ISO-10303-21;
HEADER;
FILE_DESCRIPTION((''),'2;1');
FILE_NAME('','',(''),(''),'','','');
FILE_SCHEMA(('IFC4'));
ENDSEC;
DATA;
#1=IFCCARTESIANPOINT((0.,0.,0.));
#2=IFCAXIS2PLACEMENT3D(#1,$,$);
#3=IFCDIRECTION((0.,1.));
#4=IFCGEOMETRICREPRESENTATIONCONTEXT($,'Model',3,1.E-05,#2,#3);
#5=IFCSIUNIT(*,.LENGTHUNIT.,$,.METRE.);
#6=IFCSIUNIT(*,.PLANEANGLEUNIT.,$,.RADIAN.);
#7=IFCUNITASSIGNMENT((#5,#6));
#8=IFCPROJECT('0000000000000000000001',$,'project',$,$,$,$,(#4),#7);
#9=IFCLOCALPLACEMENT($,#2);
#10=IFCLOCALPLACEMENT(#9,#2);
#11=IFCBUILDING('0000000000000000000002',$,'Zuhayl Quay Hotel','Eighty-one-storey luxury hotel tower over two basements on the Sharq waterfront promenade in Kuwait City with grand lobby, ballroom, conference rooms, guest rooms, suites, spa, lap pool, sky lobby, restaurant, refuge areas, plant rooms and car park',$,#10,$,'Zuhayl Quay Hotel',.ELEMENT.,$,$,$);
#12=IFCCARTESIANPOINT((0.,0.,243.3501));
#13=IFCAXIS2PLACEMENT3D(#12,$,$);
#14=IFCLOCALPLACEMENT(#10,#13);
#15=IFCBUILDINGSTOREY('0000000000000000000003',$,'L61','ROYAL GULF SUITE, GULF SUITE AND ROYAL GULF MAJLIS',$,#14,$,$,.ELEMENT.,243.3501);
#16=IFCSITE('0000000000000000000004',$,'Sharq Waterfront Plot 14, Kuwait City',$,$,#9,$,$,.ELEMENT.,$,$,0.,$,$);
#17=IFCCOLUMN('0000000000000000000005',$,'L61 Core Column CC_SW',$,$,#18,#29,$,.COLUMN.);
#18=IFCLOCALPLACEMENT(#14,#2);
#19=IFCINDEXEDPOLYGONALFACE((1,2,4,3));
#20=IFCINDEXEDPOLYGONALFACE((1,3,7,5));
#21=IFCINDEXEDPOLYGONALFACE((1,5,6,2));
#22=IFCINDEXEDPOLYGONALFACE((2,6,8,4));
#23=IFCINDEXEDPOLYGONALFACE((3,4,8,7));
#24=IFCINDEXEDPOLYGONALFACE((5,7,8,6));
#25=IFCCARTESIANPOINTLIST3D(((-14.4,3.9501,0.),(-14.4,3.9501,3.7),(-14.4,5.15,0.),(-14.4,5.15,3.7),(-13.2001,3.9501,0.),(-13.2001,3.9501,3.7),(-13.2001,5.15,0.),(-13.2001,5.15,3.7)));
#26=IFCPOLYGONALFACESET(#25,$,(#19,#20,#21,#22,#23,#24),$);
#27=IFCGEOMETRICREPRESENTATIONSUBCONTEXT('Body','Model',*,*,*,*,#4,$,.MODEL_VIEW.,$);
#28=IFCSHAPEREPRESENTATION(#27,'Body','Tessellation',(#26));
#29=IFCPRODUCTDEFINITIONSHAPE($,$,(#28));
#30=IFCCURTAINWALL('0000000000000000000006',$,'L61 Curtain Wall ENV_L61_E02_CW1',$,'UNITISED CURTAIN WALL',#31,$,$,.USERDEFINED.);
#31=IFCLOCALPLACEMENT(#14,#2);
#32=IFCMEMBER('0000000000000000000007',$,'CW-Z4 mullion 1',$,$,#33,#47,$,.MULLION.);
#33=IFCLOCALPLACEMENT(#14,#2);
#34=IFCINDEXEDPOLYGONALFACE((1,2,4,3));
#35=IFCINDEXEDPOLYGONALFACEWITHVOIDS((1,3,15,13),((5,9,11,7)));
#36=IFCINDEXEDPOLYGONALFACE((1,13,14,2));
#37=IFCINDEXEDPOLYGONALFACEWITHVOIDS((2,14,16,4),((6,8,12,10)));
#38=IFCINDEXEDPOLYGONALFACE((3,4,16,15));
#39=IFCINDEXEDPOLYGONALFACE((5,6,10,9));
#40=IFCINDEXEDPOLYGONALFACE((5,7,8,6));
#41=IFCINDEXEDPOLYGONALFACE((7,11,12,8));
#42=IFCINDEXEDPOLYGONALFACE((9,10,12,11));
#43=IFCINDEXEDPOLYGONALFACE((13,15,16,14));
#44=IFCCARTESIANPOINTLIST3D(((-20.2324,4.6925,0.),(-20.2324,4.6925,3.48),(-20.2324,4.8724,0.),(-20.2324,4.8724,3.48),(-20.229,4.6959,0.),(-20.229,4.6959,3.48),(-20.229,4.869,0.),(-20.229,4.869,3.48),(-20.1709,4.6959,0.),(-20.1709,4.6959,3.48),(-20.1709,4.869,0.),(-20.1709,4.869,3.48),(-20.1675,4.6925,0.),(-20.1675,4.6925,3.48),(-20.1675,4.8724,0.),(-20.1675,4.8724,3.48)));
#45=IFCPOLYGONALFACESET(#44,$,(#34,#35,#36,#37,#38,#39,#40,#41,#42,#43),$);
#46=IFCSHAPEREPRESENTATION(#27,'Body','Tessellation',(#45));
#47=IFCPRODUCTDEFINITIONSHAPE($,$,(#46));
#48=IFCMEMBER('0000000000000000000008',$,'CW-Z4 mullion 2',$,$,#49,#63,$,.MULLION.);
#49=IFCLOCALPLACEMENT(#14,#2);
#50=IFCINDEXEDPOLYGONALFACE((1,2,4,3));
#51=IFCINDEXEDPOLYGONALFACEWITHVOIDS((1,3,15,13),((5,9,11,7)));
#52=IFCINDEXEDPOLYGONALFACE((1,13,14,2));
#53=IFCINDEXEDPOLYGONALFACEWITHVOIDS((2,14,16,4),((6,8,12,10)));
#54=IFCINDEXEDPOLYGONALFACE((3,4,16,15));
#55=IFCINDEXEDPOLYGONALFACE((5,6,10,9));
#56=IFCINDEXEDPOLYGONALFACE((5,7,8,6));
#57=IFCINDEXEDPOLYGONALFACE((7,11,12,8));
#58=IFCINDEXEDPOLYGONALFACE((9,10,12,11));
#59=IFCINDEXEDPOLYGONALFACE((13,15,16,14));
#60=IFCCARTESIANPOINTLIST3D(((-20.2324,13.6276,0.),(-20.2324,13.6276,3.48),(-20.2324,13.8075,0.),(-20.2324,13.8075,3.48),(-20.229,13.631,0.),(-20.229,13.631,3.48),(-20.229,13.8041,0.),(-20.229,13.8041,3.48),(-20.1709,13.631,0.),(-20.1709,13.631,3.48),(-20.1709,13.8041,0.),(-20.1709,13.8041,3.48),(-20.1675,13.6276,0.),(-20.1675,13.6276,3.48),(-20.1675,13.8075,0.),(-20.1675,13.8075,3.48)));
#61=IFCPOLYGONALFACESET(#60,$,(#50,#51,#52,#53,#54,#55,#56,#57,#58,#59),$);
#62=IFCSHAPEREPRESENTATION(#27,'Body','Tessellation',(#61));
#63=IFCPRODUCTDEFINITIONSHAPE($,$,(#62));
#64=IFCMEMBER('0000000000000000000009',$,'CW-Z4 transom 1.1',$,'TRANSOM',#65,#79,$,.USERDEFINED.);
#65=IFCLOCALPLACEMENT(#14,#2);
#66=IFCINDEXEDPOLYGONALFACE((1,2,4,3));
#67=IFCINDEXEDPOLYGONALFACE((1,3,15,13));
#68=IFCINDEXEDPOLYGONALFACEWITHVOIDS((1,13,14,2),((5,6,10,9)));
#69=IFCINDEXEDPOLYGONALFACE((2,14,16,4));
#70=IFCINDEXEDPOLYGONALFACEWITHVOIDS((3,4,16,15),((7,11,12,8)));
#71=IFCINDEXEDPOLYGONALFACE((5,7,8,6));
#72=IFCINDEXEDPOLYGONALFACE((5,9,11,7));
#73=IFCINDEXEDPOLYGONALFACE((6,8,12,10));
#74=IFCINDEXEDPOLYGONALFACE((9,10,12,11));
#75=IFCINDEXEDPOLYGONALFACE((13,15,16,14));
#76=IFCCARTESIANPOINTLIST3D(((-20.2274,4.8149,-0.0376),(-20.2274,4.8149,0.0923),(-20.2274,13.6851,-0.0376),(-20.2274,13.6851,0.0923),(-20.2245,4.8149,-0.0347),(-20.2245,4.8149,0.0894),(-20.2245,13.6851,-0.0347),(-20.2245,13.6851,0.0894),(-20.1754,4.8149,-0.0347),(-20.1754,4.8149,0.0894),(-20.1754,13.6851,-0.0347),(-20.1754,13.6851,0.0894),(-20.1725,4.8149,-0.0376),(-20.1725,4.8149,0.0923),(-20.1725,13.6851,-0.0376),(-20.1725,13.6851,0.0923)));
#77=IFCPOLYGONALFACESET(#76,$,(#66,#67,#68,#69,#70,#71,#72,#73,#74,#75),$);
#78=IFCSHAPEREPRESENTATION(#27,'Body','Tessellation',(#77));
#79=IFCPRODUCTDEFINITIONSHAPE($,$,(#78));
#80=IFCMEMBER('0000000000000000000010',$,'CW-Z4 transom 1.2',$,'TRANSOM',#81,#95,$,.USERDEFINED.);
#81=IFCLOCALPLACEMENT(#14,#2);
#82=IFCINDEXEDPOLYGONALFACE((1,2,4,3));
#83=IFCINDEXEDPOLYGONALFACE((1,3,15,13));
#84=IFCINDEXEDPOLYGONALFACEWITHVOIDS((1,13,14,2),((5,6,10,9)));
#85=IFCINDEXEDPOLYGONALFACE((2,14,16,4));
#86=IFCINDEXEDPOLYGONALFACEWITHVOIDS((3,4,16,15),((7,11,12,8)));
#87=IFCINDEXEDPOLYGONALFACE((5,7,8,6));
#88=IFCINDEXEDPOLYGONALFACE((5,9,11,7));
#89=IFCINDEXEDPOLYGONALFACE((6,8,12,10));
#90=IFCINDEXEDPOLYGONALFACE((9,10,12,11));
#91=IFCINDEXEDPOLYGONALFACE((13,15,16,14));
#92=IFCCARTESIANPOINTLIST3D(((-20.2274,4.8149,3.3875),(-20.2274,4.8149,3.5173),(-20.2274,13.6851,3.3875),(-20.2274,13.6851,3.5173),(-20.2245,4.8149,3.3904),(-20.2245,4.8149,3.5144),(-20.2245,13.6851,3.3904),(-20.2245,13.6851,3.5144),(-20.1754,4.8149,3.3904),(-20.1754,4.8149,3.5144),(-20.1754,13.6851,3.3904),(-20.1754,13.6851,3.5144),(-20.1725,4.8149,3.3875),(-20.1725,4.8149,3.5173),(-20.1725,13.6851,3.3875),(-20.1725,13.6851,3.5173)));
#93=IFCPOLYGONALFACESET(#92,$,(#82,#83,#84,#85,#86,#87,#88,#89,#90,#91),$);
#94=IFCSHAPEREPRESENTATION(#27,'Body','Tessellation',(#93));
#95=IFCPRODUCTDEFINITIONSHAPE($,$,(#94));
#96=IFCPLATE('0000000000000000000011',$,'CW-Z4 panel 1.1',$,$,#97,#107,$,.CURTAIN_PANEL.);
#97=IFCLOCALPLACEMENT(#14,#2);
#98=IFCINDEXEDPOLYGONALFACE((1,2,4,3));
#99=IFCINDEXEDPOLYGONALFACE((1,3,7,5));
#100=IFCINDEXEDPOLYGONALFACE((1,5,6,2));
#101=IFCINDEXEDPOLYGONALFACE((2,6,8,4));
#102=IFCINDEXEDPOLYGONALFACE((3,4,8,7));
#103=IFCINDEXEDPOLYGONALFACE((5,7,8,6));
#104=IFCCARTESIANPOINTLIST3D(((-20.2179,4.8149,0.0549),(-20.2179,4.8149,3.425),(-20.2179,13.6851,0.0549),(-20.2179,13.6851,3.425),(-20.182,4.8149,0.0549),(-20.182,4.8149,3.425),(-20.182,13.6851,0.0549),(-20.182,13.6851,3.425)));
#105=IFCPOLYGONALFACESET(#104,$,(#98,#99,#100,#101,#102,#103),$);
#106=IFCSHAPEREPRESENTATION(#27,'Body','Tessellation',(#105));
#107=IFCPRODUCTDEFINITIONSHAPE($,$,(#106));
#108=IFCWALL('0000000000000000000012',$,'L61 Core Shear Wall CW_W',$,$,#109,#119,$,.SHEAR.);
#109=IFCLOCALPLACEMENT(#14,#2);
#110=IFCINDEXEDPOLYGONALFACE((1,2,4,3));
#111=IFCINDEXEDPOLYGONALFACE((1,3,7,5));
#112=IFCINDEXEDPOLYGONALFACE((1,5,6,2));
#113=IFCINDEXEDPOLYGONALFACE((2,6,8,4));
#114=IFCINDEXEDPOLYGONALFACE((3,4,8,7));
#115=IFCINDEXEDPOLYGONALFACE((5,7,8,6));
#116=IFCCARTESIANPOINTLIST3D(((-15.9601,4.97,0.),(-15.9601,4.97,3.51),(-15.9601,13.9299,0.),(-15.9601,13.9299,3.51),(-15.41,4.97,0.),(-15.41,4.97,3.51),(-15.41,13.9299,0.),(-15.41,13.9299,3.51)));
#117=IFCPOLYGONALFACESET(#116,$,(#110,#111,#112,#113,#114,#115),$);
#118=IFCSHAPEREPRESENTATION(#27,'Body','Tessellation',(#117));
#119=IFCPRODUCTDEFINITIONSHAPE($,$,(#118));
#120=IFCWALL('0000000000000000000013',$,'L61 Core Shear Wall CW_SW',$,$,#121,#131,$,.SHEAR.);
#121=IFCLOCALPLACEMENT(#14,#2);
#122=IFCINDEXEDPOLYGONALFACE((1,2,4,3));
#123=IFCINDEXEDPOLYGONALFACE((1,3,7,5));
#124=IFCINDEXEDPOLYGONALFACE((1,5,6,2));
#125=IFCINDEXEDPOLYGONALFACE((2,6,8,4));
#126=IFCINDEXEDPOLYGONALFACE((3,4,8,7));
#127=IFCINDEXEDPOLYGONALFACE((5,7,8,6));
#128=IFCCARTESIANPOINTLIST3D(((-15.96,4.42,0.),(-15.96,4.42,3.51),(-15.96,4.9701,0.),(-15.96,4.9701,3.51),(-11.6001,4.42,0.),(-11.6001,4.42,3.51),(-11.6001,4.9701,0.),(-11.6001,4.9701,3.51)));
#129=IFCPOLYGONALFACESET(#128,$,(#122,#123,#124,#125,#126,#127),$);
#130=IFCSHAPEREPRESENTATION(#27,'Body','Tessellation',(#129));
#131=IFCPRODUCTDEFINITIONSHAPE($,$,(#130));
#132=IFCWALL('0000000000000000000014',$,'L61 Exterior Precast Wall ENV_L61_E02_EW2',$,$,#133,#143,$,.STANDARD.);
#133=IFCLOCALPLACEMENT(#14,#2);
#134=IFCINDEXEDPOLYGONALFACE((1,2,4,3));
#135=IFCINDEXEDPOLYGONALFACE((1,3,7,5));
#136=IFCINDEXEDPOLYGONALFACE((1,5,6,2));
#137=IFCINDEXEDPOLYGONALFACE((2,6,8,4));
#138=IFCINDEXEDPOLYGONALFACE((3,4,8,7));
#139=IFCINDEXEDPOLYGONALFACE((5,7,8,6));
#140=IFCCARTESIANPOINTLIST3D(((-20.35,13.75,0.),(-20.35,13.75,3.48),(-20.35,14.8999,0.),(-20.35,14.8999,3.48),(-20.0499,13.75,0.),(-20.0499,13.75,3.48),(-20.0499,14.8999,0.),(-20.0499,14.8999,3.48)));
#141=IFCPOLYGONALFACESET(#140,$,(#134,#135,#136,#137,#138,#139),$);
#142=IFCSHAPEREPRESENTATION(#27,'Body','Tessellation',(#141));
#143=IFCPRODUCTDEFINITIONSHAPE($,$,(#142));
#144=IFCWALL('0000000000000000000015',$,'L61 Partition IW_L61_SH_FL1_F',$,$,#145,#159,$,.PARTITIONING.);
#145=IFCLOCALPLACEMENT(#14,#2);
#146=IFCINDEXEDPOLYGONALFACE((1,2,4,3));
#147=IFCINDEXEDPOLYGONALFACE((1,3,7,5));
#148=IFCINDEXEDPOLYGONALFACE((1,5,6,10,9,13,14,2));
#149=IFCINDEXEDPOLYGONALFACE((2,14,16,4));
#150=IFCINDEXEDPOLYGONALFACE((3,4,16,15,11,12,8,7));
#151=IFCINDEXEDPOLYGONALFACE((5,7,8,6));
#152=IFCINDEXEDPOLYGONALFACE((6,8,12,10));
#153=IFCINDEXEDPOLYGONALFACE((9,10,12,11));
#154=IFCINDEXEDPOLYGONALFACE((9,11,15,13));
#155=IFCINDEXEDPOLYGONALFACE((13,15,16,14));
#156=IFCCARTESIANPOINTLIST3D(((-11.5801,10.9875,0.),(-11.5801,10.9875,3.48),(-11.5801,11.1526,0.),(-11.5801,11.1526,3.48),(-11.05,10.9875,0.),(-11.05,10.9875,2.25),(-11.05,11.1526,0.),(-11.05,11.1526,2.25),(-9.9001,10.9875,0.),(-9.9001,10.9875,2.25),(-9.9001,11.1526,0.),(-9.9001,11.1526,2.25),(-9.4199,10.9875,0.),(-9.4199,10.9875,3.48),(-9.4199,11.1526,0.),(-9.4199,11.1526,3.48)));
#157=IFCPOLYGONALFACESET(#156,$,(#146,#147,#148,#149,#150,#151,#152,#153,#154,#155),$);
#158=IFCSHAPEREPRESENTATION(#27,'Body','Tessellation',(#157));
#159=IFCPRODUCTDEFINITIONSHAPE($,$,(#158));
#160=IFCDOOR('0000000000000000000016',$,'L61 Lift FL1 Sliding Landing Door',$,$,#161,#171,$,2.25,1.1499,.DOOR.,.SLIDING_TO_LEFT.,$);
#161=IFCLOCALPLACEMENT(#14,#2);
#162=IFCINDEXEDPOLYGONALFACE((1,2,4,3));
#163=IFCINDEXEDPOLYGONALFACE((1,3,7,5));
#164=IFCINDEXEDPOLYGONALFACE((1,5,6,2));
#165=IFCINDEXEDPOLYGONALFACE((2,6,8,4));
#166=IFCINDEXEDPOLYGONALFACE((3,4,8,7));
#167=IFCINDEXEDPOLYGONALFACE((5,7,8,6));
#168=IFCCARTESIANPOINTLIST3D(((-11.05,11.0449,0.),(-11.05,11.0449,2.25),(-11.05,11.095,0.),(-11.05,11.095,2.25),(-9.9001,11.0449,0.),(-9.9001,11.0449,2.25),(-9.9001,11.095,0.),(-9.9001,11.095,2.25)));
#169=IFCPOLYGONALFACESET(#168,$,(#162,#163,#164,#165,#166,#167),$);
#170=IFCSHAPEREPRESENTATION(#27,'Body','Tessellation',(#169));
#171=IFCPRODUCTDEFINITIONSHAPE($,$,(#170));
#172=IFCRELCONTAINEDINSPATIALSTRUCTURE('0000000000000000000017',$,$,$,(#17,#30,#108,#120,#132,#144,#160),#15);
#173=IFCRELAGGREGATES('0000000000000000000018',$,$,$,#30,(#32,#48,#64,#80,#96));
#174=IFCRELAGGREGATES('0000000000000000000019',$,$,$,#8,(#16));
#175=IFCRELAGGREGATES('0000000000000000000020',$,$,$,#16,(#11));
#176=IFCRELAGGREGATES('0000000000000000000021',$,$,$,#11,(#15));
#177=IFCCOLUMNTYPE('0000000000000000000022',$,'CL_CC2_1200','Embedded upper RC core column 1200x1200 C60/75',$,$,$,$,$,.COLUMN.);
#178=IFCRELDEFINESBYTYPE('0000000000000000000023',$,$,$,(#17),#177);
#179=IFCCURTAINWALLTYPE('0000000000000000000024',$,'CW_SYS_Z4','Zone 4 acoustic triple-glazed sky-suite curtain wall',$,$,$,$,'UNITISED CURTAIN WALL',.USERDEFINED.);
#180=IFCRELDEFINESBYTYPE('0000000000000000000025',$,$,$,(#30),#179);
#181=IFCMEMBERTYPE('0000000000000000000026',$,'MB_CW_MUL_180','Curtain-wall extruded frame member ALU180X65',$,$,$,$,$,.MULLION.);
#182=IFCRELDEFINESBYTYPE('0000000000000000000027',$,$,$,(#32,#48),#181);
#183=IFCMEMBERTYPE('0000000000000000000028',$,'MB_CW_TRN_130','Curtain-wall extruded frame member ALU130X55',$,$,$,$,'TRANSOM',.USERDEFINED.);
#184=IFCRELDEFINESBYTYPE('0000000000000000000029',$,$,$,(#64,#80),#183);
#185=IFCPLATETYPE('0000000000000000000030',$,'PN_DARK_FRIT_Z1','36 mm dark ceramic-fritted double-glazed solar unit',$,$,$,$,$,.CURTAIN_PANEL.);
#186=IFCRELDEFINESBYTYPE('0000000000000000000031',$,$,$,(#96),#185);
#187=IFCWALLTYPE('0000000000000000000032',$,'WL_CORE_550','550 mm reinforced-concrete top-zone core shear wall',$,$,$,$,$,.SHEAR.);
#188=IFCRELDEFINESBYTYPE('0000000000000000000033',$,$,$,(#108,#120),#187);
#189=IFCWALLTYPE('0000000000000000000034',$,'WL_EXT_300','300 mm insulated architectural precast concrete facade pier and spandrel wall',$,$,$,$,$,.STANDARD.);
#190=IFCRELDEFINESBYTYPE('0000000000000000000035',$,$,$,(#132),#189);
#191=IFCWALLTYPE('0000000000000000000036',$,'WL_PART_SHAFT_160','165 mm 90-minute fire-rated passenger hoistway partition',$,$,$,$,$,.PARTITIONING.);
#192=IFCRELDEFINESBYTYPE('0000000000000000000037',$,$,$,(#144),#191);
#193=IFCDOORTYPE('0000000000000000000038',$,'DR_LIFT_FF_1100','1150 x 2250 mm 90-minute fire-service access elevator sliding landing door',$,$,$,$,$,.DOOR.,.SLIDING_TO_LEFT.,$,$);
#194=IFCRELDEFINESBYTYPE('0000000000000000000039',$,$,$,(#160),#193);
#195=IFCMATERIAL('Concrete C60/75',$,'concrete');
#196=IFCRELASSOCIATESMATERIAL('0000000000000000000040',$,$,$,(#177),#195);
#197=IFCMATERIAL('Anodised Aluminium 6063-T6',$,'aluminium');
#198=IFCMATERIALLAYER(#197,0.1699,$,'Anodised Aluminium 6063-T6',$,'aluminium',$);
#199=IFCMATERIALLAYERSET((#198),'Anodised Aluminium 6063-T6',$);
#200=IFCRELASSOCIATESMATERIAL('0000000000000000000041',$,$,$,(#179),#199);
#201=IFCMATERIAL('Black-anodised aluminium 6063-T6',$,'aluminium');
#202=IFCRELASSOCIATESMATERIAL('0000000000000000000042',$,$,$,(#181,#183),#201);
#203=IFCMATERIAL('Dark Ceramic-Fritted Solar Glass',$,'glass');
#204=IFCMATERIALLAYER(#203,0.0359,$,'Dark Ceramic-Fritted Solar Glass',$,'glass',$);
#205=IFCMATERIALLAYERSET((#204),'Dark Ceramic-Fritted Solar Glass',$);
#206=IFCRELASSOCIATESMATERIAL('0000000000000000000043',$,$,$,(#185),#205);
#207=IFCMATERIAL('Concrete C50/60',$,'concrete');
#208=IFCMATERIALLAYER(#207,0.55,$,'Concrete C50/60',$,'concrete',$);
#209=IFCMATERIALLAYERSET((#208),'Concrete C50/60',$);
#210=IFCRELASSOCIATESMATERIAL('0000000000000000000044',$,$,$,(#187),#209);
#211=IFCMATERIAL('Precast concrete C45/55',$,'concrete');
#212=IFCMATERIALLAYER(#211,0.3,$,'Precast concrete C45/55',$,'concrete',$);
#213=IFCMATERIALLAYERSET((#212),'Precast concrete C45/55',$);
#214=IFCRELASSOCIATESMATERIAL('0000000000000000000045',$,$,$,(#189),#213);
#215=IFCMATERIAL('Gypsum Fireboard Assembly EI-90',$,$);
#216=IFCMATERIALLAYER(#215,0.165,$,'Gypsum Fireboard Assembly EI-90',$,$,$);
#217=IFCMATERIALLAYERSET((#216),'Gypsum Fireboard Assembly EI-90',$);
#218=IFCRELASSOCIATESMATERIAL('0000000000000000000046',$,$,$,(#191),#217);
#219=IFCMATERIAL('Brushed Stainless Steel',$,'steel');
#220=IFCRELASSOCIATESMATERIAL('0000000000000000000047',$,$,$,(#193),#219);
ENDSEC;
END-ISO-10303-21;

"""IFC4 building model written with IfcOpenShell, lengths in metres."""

from ifc_helpers import new_model, si_unit, direction, frame, frame_2d, origin, origin_2d, place, context, subcontext, project, spatial, rectangle, hollow_rectangle, extrude, material, layer, layer_set, material_profile, profile_set, type_object, element, fill, aggregate, save


model = new_model("IFC4")

# Units and contexts
model_context = context("Model", 3, precision=1e-05, world=origin(), true_north=direction((0.0, 1.0)))
body_context = subcontext(model_context, "Body", "Model", "MODEL_VIEW")
ifc_project = project(units=[si_unit("LENGTHUNIT", "METRE"), si_unit("PLANEANGLEUNIT", "RADIAN")], contexts=[model_context])

# Site, building, storey
site_placement = place(None, origin())
site = spatial("IfcSite", under=ifc_project, at=site_placement, Name="Sharq Waterfront Plot 14, Kuwait City", CompositionType="ELEMENT", RefElevation=0.0)
building_placement = place(site_placement, origin())
building = spatial("IfcBuilding", under=site, at=building_placement, Name="Zuhayl Quay Hotel", Description="Eighty-one-storey luxury hotel tower over two basements on the Sharq waterfront promenade in Kuwait City with grand lobby, ballroom, conference rooms, guest rooms, suites, spa, lap pool, sky lobby, restaurant, refuge areas, plant rooms and car park", LongName="Zuhayl Quay Hotel", CompositionType="ELEMENT")
storey_placement = place(building_placement, frame((0.0, 0.0, 243.3501)))
storey = spatial("IfcBuildingStorey", under=building, at=storey_placement, Name="L61", Description="ROYAL GULF SUITE, GULF SUITE AND ROYAL GULF MAJLIS", CompositionType="ELEMENT", Elevation=243.3501)

# Column
ifc_material_1 = material(Name="Concrete C60/75", Category="concrete")
ifc_material_profile_1 = material_profile(ifc_material_1, rectangle(XDim=1.2, YDim=1.2, at=origin_2d()), Name="RC1200X1200")
ifc_profile_set_1 = profile_set([ifc_material_profile_1], Name="Concrete C60/75")
column_type = type_object("IfcColumnType", Name="CL_CC2_1200", Description="Embedded upper RC core column 1200x1200 C60/75", PredefinedType="COLUMN", material=ifc_profile_set_1)
column_placement = place(storey_placement, frame((-13.8, 4.55, 0.0), z_axis=(0.0, 0.0, 1.0), x_axis=(1.0, 0.0, 0.0)))
element("IfcColumn", 1, at=column_placement, inside=storey, type_object=column_type, Name="L61 Core Column CC_SW", PredefinedType="COLUMN", context=body_context, shape_type="SweptSolid", body=[
    extrude(rectangle(XDim=1.2, YDim=1.2, at=origin_2d()), origin(), (0.0, 0.0, 1.0), 3.7),
])

# Curtain wall, members, plate
ifc_material_2 = material(Name="Anodised Aluminium 6063-T6", Category="aluminium")
ifc_layer_1 = layer(ifc_material_2, 0.1699, Name="Anodised Aluminium 6063-T6", Category="aluminium")
ifc_layer_set_1 = layer_set([ifc_layer_1], Name="Anodised Aluminium 6063-T6")
curtain_wall_type = type_object("IfcCurtainWallType", Name="CW_SYS_Z4", Description="Zone 4 acoustic triple-glazed sky-suite curtain wall", ElementType="UNITISED CURTAIN WALL", PredefinedType="USERDEFINED", material=ifc_layer_set_1)
curtain_wall_placement = place(storey_placement, origin())
curtain_wall = element("IfcCurtainWall", 2, at=curtain_wall_placement, inside=storey, type_object=curtain_wall_type, Name="L61 Curtain Wall ENV_L61_E02_CW1", ObjectType="UNITISED CURTAIN WALL", PredefinedType="USERDEFINED")
ifc_material_3 = material(Name="Black-anodised aluminium 6063-T6", Category="aluminium")
ifc_material_profile_2 = material_profile(ifc_material_3, hollow_rectangle(XDim=0.0649, YDim=0.1799, WallThickness=0.0034, at=origin_2d()), Name="ALU180X65")
ifc_profile_set_2 = profile_set([ifc_material_profile_2], Name="Black-anodised aluminium 6063-T6")
member_type_1 = type_object("IfcMemberType", Name="MB_CW_MUL_180", Description="Curtain-wall extruded frame member ALU180X65", PredefinedType="MULLION", material=ifc_profile_set_2)
member_1_placement = place(storey_placement, frame((-20.2, 4.7825, 0.0), z_axis=(0.0, 0.0, 1.0), x_axis=(-1.0, 0.0, 0.0)))
member_1 = element("IfcMember", 3, at=member_1_placement, type_object=member_type_1, Name="CW-Z4 mullion 1", PredefinedType="MULLION", context=body_context, shape_type="SweptSolid", body=[
    extrude(hollow_rectangle(XDim=0.0649, YDim=0.1799, WallThickness=0.0034, at=origin_2d()), origin(), (0.0, 0.0, 1.0), 3.48),
])
member_2_placement = place(storey_placement, frame((-20.2, 13.7175, 0.0), z_axis=(0.0, 0.0, 1.0), x_axis=(-1.0, 0.0, 0.0)))
member_2 = element("IfcMember", 4, at=member_2_placement, type_object=member_type_1, Name="CW-Z4 mullion 2", PredefinedType="MULLION", context=body_context, shape_type="SweptSolid", body=[
    extrude(hollow_rectangle(XDim=0.0649, YDim=0.1799, WallThickness=0.0034, at=origin_2d()), origin(), (0.0, 0.0, 1.0), 3.48),
])
ifc_material_profile_3 = material_profile(ifc_material_3, hollow_rectangle(XDim=0.0549, YDim=0.1299, WallThickness=0.0029, at=origin_2d()), Name="ALU130X55")
ifc_profile_set_3 = profile_set([ifc_material_profile_3], Name="Black-anodised aluminium 6063-T6")
member_type_2 = type_object("IfcMemberType", Name="MB_CW_TRN_130", Description="Curtain-wall extruded frame member ALU130X55", ElementType="TRANSOM", PredefinedType="USERDEFINED", material=ifc_profile_set_3)
member_3_placement = place(storey_placement, frame((-20.2, 4.8149, 0.0273), z_axis=(0.0, 1.0, 0.0), x_axis=(-1.0, 0.0, 0.0)))
member_3 = element("IfcMember", 5, at=member_3_placement, type_object=member_type_2, Name="CW-Z4 transom 1.1", ObjectType="TRANSOM", PredefinedType="USERDEFINED", context=body_context, shape_type="SweptSolid", body=[
    extrude(hollow_rectangle(XDim=0.0549, YDim=0.1299, WallThickness=0.0029, at=origin_2d()), origin(), (0.0, 0.0, 1.0), 8.8701),
])
member_4_placement = place(storey_placement, frame((-20.2, 4.8149, 3.4524), z_axis=(0.0, 1.0, 0.0), x_axis=(-1.0, 0.0, 0.0)))
member_4 = element("IfcMember", 6, at=member_4_placement, type_object=member_type_2, Name="CW-Z4 transom 1.2", ObjectType="TRANSOM", PredefinedType="USERDEFINED", context=body_context, shape_type="SweptSolid", body=[
    extrude(hollow_rectangle(XDim=0.0549, YDim=0.1299, WallThickness=0.0029, at=origin_2d()), origin(), (0.0, 0.0, 1.0), 8.8701),
])
ifc_material_4 = material(Name="Dark Ceramic-Fritted Solar Glass", Category="glass")
ifc_layer_2 = layer(ifc_material_4, 0.0359, Name="Dark Ceramic-Fritted Solar Glass", Category="glass")
ifc_layer_set_2 = layer_set([ifc_layer_2], Name="Dark Ceramic-Fritted Solar Glass")
plate_type = type_object("IfcPlateType", Name="PN_DARK_FRIT_Z1", Description="36 mm dark ceramic-fritted double-glazed solar unit", PredefinedType="CURTAIN_PANEL", material=ifc_layer_set_2)
plate_placement = place(storey_placement, frame((-20.2, 9.25, 0.0549), z_axis=(0.0, 0.0, 1.0), x_axis=(0.0, 1.0, 0.0)))
plate = element("IfcPlate", 7, at=plate_placement, type_object=plate_type, Name="CW-Z4 panel 1.1", PredefinedType="CURTAIN_PANEL", context=body_context, shape_type="SweptSolid", body=[
    extrude(rectangle(XDim=8.8701, YDim=0.0359, at=origin_2d()), origin(), (0.0, 0.0, 1.0), 3.3701),
])
aggregate(curtain_wall, [member_1, member_2, member_3, member_4, plate])

# Walls
ifc_material_5 = material(Name="Concrete C50/60", Category="concrete")
ifc_layer_3 = layer(ifc_material_5, 0.55, Name="Concrete C50/60", Category="concrete")
ifc_layer_set_3 = layer_set([ifc_layer_3], Name="Concrete C50/60")
wall_type_1 = type_object("IfcWallType", Name="WL_CORE_550", Description="550 mm reinforced-concrete top-zone core shear wall", PredefinedType="SHEAR", material=ifc_layer_set_3)
wall_1_placement = place(storey_placement, frame((-15.6851, 4.97, 0.0), z_axis=(0.0, 0.0, 1.0), x_axis=(0.0, 1.0, 0.0)))
element("IfcWall", 8, at=wall_1_placement, inside=storey, type_object=wall_type_1, Name="L61 Core Shear Wall CW_W", PredefinedType="SHEAR", context=body_context, shape_type="SweptSolid", body=[
    extrude(rectangle(XDim=8.96, YDim=0.55, at=frame_2d((4.48, 0.0))), origin(), (0.0, 0.0, 1.0), 3.51),
])
wall_2_placement = place(storey_placement, frame((-15.96, 4.6951, 0.0), z_axis=(0.0, 0.0, 1.0), x_axis=(1.0, 0.0, 0.0)))
element("IfcWall", 9, at=wall_2_placement, inside=storey, type_object=wall_type_1, Name="L61 Core Shear Wall CW_SW", PredefinedType="SHEAR", context=body_context, shape_type="SweptSolid", body=[
    extrude(rectangle(XDim=4.3599, YDim=0.55, at=frame_2d((2.1799, 0.0))), origin(), (0.0, 0.0, 1.0), 3.51),
])
ifc_material_6 = material(Name="Precast concrete C45/55", Category="concrete")
ifc_layer_4 = layer(ifc_material_6, 0.3, Name="Precast concrete C45/55", Category="concrete")
ifc_layer_set_4 = layer_set([ifc_layer_4], Name="Precast concrete C45/55")
wall_type_2 = type_object("IfcWallType", Name="WL_EXT_300", Description="300 mm insulated architectural precast concrete facade pier and spandrel wall", PredefinedType="STANDARD", material=ifc_layer_set_4)
wall_3_placement = place(storey_placement, frame((-20.2, 13.75, 0.0), z_axis=(0.0, 0.0, 1.0), x_axis=(0.0, 1.0, 0.0)))
element("IfcWall", 10, at=wall_3_placement, inside=storey, type_object=wall_type_2, Name="L61 Exterior Precast Wall ENV_L61_E02_EW2", PredefinedType="STANDARD", context=body_context, shape_type="SweptSolid", body=[
    extrude(rectangle(XDim=1.1499, YDim=0.3, at=frame_2d((0.575, 0.0))), origin(), (0.0, 0.0, 1.0), 3.48),
])

# Wall, opening, door
ifc_material_7 = material(Name="Gypsum Fireboard Assembly EI-90")
ifc_layer_5 = layer(ifc_material_7, 0.165, Name="Gypsum Fireboard Assembly EI-90")
ifc_layer_set_5 = layer_set([ifc_layer_5], Name="Gypsum Fireboard Assembly EI-90")
wall_type_3 = type_object("IfcWallType", Name="WL_PART_SHAFT_160", Description="165 mm 90-minute fire-rated passenger hoistway partition", PredefinedType="PARTITIONING", material=ifc_layer_set_5)
wall_4_placement = place(storey_placement, frame((-11.5801, 11.0701, 0.0), z_axis=(0.0, 0.0, 1.0), x_axis=(1.0, 0.0, 0.0)))
wall_4 = element("IfcWall", 11, at=wall_4_placement, inside=storey, type_object=wall_type_3, Name="L61 Partition IW_L61_SH_FL1_F", PredefinedType="PARTITIONING", context=body_context, shape_type="SweptSolid", body=[
    extrude(rectangle(XDim=2.1602, YDim=0.165, at=frame_2d((1.0801, 0.0))), origin(), (0.0, 0.0, 1.0), 3.48),
])
opening_1_placement = place(wall_4_placement, frame((0.53, 0.0, 0.0)))
opening_1 = element("IfcOpeningElement", 12, at=opening_1_placement, cuts=wall_4, PredefinedType="OPENING", context=body_context, shape_type="SweptSolid", body=[
    extrude(rectangle(XDim=1.1499, YDim=2.25, at=frame_2d((0.575, 1.125))), frame((0.0, 0.0925, 0.0), z_axis=(0.0, -1.0, 0.0), x_axis=(1.0, 0.0, 0.0)), (0.0, 0.0, 1.0), 0.1851),
])
ifc_material_8 = material(Name="Brushed Stainless Steel", Category="steel")
door_type_1 = type_object("IfcDoorType", Name="DR_LIFT_FF_1100", Description="1150 x 2250 mm 90-minute fire-service access elevator sliding landing door", OperationType="SLIDING_TO_LEFT", PredefinedType="DOOR", material=ifc_material_8)
door_1_placement = place(opening_1_placement, origin())
door_1 = element("IfcDoor", 13, at=door_1_placement, inside=storey, type_object=door_type_1, Name="L61 Lift FL1 Sliding Landing Door", OperationType="SLIDING_TO_LEFT", OverallHeight=2.25, OverallWidth=1.1499, PredefinedType="DOOR", context=body_context, shape_type="SweptSolid", body=[
    extrude(rectangle(XDim=1.1499, YDim=2.25, at=frame_2d((0.575, 1.125))), frame((0.0, 0.0249, 0.0), z_axis=(0.0, -1.0, 0.0), x_axis=(1.0, 0.0, 0.0)), (0.0, 0.0, 1.0), 0.05),
])
fill(opening_1, door_1)

save(model, "model.ifc")
